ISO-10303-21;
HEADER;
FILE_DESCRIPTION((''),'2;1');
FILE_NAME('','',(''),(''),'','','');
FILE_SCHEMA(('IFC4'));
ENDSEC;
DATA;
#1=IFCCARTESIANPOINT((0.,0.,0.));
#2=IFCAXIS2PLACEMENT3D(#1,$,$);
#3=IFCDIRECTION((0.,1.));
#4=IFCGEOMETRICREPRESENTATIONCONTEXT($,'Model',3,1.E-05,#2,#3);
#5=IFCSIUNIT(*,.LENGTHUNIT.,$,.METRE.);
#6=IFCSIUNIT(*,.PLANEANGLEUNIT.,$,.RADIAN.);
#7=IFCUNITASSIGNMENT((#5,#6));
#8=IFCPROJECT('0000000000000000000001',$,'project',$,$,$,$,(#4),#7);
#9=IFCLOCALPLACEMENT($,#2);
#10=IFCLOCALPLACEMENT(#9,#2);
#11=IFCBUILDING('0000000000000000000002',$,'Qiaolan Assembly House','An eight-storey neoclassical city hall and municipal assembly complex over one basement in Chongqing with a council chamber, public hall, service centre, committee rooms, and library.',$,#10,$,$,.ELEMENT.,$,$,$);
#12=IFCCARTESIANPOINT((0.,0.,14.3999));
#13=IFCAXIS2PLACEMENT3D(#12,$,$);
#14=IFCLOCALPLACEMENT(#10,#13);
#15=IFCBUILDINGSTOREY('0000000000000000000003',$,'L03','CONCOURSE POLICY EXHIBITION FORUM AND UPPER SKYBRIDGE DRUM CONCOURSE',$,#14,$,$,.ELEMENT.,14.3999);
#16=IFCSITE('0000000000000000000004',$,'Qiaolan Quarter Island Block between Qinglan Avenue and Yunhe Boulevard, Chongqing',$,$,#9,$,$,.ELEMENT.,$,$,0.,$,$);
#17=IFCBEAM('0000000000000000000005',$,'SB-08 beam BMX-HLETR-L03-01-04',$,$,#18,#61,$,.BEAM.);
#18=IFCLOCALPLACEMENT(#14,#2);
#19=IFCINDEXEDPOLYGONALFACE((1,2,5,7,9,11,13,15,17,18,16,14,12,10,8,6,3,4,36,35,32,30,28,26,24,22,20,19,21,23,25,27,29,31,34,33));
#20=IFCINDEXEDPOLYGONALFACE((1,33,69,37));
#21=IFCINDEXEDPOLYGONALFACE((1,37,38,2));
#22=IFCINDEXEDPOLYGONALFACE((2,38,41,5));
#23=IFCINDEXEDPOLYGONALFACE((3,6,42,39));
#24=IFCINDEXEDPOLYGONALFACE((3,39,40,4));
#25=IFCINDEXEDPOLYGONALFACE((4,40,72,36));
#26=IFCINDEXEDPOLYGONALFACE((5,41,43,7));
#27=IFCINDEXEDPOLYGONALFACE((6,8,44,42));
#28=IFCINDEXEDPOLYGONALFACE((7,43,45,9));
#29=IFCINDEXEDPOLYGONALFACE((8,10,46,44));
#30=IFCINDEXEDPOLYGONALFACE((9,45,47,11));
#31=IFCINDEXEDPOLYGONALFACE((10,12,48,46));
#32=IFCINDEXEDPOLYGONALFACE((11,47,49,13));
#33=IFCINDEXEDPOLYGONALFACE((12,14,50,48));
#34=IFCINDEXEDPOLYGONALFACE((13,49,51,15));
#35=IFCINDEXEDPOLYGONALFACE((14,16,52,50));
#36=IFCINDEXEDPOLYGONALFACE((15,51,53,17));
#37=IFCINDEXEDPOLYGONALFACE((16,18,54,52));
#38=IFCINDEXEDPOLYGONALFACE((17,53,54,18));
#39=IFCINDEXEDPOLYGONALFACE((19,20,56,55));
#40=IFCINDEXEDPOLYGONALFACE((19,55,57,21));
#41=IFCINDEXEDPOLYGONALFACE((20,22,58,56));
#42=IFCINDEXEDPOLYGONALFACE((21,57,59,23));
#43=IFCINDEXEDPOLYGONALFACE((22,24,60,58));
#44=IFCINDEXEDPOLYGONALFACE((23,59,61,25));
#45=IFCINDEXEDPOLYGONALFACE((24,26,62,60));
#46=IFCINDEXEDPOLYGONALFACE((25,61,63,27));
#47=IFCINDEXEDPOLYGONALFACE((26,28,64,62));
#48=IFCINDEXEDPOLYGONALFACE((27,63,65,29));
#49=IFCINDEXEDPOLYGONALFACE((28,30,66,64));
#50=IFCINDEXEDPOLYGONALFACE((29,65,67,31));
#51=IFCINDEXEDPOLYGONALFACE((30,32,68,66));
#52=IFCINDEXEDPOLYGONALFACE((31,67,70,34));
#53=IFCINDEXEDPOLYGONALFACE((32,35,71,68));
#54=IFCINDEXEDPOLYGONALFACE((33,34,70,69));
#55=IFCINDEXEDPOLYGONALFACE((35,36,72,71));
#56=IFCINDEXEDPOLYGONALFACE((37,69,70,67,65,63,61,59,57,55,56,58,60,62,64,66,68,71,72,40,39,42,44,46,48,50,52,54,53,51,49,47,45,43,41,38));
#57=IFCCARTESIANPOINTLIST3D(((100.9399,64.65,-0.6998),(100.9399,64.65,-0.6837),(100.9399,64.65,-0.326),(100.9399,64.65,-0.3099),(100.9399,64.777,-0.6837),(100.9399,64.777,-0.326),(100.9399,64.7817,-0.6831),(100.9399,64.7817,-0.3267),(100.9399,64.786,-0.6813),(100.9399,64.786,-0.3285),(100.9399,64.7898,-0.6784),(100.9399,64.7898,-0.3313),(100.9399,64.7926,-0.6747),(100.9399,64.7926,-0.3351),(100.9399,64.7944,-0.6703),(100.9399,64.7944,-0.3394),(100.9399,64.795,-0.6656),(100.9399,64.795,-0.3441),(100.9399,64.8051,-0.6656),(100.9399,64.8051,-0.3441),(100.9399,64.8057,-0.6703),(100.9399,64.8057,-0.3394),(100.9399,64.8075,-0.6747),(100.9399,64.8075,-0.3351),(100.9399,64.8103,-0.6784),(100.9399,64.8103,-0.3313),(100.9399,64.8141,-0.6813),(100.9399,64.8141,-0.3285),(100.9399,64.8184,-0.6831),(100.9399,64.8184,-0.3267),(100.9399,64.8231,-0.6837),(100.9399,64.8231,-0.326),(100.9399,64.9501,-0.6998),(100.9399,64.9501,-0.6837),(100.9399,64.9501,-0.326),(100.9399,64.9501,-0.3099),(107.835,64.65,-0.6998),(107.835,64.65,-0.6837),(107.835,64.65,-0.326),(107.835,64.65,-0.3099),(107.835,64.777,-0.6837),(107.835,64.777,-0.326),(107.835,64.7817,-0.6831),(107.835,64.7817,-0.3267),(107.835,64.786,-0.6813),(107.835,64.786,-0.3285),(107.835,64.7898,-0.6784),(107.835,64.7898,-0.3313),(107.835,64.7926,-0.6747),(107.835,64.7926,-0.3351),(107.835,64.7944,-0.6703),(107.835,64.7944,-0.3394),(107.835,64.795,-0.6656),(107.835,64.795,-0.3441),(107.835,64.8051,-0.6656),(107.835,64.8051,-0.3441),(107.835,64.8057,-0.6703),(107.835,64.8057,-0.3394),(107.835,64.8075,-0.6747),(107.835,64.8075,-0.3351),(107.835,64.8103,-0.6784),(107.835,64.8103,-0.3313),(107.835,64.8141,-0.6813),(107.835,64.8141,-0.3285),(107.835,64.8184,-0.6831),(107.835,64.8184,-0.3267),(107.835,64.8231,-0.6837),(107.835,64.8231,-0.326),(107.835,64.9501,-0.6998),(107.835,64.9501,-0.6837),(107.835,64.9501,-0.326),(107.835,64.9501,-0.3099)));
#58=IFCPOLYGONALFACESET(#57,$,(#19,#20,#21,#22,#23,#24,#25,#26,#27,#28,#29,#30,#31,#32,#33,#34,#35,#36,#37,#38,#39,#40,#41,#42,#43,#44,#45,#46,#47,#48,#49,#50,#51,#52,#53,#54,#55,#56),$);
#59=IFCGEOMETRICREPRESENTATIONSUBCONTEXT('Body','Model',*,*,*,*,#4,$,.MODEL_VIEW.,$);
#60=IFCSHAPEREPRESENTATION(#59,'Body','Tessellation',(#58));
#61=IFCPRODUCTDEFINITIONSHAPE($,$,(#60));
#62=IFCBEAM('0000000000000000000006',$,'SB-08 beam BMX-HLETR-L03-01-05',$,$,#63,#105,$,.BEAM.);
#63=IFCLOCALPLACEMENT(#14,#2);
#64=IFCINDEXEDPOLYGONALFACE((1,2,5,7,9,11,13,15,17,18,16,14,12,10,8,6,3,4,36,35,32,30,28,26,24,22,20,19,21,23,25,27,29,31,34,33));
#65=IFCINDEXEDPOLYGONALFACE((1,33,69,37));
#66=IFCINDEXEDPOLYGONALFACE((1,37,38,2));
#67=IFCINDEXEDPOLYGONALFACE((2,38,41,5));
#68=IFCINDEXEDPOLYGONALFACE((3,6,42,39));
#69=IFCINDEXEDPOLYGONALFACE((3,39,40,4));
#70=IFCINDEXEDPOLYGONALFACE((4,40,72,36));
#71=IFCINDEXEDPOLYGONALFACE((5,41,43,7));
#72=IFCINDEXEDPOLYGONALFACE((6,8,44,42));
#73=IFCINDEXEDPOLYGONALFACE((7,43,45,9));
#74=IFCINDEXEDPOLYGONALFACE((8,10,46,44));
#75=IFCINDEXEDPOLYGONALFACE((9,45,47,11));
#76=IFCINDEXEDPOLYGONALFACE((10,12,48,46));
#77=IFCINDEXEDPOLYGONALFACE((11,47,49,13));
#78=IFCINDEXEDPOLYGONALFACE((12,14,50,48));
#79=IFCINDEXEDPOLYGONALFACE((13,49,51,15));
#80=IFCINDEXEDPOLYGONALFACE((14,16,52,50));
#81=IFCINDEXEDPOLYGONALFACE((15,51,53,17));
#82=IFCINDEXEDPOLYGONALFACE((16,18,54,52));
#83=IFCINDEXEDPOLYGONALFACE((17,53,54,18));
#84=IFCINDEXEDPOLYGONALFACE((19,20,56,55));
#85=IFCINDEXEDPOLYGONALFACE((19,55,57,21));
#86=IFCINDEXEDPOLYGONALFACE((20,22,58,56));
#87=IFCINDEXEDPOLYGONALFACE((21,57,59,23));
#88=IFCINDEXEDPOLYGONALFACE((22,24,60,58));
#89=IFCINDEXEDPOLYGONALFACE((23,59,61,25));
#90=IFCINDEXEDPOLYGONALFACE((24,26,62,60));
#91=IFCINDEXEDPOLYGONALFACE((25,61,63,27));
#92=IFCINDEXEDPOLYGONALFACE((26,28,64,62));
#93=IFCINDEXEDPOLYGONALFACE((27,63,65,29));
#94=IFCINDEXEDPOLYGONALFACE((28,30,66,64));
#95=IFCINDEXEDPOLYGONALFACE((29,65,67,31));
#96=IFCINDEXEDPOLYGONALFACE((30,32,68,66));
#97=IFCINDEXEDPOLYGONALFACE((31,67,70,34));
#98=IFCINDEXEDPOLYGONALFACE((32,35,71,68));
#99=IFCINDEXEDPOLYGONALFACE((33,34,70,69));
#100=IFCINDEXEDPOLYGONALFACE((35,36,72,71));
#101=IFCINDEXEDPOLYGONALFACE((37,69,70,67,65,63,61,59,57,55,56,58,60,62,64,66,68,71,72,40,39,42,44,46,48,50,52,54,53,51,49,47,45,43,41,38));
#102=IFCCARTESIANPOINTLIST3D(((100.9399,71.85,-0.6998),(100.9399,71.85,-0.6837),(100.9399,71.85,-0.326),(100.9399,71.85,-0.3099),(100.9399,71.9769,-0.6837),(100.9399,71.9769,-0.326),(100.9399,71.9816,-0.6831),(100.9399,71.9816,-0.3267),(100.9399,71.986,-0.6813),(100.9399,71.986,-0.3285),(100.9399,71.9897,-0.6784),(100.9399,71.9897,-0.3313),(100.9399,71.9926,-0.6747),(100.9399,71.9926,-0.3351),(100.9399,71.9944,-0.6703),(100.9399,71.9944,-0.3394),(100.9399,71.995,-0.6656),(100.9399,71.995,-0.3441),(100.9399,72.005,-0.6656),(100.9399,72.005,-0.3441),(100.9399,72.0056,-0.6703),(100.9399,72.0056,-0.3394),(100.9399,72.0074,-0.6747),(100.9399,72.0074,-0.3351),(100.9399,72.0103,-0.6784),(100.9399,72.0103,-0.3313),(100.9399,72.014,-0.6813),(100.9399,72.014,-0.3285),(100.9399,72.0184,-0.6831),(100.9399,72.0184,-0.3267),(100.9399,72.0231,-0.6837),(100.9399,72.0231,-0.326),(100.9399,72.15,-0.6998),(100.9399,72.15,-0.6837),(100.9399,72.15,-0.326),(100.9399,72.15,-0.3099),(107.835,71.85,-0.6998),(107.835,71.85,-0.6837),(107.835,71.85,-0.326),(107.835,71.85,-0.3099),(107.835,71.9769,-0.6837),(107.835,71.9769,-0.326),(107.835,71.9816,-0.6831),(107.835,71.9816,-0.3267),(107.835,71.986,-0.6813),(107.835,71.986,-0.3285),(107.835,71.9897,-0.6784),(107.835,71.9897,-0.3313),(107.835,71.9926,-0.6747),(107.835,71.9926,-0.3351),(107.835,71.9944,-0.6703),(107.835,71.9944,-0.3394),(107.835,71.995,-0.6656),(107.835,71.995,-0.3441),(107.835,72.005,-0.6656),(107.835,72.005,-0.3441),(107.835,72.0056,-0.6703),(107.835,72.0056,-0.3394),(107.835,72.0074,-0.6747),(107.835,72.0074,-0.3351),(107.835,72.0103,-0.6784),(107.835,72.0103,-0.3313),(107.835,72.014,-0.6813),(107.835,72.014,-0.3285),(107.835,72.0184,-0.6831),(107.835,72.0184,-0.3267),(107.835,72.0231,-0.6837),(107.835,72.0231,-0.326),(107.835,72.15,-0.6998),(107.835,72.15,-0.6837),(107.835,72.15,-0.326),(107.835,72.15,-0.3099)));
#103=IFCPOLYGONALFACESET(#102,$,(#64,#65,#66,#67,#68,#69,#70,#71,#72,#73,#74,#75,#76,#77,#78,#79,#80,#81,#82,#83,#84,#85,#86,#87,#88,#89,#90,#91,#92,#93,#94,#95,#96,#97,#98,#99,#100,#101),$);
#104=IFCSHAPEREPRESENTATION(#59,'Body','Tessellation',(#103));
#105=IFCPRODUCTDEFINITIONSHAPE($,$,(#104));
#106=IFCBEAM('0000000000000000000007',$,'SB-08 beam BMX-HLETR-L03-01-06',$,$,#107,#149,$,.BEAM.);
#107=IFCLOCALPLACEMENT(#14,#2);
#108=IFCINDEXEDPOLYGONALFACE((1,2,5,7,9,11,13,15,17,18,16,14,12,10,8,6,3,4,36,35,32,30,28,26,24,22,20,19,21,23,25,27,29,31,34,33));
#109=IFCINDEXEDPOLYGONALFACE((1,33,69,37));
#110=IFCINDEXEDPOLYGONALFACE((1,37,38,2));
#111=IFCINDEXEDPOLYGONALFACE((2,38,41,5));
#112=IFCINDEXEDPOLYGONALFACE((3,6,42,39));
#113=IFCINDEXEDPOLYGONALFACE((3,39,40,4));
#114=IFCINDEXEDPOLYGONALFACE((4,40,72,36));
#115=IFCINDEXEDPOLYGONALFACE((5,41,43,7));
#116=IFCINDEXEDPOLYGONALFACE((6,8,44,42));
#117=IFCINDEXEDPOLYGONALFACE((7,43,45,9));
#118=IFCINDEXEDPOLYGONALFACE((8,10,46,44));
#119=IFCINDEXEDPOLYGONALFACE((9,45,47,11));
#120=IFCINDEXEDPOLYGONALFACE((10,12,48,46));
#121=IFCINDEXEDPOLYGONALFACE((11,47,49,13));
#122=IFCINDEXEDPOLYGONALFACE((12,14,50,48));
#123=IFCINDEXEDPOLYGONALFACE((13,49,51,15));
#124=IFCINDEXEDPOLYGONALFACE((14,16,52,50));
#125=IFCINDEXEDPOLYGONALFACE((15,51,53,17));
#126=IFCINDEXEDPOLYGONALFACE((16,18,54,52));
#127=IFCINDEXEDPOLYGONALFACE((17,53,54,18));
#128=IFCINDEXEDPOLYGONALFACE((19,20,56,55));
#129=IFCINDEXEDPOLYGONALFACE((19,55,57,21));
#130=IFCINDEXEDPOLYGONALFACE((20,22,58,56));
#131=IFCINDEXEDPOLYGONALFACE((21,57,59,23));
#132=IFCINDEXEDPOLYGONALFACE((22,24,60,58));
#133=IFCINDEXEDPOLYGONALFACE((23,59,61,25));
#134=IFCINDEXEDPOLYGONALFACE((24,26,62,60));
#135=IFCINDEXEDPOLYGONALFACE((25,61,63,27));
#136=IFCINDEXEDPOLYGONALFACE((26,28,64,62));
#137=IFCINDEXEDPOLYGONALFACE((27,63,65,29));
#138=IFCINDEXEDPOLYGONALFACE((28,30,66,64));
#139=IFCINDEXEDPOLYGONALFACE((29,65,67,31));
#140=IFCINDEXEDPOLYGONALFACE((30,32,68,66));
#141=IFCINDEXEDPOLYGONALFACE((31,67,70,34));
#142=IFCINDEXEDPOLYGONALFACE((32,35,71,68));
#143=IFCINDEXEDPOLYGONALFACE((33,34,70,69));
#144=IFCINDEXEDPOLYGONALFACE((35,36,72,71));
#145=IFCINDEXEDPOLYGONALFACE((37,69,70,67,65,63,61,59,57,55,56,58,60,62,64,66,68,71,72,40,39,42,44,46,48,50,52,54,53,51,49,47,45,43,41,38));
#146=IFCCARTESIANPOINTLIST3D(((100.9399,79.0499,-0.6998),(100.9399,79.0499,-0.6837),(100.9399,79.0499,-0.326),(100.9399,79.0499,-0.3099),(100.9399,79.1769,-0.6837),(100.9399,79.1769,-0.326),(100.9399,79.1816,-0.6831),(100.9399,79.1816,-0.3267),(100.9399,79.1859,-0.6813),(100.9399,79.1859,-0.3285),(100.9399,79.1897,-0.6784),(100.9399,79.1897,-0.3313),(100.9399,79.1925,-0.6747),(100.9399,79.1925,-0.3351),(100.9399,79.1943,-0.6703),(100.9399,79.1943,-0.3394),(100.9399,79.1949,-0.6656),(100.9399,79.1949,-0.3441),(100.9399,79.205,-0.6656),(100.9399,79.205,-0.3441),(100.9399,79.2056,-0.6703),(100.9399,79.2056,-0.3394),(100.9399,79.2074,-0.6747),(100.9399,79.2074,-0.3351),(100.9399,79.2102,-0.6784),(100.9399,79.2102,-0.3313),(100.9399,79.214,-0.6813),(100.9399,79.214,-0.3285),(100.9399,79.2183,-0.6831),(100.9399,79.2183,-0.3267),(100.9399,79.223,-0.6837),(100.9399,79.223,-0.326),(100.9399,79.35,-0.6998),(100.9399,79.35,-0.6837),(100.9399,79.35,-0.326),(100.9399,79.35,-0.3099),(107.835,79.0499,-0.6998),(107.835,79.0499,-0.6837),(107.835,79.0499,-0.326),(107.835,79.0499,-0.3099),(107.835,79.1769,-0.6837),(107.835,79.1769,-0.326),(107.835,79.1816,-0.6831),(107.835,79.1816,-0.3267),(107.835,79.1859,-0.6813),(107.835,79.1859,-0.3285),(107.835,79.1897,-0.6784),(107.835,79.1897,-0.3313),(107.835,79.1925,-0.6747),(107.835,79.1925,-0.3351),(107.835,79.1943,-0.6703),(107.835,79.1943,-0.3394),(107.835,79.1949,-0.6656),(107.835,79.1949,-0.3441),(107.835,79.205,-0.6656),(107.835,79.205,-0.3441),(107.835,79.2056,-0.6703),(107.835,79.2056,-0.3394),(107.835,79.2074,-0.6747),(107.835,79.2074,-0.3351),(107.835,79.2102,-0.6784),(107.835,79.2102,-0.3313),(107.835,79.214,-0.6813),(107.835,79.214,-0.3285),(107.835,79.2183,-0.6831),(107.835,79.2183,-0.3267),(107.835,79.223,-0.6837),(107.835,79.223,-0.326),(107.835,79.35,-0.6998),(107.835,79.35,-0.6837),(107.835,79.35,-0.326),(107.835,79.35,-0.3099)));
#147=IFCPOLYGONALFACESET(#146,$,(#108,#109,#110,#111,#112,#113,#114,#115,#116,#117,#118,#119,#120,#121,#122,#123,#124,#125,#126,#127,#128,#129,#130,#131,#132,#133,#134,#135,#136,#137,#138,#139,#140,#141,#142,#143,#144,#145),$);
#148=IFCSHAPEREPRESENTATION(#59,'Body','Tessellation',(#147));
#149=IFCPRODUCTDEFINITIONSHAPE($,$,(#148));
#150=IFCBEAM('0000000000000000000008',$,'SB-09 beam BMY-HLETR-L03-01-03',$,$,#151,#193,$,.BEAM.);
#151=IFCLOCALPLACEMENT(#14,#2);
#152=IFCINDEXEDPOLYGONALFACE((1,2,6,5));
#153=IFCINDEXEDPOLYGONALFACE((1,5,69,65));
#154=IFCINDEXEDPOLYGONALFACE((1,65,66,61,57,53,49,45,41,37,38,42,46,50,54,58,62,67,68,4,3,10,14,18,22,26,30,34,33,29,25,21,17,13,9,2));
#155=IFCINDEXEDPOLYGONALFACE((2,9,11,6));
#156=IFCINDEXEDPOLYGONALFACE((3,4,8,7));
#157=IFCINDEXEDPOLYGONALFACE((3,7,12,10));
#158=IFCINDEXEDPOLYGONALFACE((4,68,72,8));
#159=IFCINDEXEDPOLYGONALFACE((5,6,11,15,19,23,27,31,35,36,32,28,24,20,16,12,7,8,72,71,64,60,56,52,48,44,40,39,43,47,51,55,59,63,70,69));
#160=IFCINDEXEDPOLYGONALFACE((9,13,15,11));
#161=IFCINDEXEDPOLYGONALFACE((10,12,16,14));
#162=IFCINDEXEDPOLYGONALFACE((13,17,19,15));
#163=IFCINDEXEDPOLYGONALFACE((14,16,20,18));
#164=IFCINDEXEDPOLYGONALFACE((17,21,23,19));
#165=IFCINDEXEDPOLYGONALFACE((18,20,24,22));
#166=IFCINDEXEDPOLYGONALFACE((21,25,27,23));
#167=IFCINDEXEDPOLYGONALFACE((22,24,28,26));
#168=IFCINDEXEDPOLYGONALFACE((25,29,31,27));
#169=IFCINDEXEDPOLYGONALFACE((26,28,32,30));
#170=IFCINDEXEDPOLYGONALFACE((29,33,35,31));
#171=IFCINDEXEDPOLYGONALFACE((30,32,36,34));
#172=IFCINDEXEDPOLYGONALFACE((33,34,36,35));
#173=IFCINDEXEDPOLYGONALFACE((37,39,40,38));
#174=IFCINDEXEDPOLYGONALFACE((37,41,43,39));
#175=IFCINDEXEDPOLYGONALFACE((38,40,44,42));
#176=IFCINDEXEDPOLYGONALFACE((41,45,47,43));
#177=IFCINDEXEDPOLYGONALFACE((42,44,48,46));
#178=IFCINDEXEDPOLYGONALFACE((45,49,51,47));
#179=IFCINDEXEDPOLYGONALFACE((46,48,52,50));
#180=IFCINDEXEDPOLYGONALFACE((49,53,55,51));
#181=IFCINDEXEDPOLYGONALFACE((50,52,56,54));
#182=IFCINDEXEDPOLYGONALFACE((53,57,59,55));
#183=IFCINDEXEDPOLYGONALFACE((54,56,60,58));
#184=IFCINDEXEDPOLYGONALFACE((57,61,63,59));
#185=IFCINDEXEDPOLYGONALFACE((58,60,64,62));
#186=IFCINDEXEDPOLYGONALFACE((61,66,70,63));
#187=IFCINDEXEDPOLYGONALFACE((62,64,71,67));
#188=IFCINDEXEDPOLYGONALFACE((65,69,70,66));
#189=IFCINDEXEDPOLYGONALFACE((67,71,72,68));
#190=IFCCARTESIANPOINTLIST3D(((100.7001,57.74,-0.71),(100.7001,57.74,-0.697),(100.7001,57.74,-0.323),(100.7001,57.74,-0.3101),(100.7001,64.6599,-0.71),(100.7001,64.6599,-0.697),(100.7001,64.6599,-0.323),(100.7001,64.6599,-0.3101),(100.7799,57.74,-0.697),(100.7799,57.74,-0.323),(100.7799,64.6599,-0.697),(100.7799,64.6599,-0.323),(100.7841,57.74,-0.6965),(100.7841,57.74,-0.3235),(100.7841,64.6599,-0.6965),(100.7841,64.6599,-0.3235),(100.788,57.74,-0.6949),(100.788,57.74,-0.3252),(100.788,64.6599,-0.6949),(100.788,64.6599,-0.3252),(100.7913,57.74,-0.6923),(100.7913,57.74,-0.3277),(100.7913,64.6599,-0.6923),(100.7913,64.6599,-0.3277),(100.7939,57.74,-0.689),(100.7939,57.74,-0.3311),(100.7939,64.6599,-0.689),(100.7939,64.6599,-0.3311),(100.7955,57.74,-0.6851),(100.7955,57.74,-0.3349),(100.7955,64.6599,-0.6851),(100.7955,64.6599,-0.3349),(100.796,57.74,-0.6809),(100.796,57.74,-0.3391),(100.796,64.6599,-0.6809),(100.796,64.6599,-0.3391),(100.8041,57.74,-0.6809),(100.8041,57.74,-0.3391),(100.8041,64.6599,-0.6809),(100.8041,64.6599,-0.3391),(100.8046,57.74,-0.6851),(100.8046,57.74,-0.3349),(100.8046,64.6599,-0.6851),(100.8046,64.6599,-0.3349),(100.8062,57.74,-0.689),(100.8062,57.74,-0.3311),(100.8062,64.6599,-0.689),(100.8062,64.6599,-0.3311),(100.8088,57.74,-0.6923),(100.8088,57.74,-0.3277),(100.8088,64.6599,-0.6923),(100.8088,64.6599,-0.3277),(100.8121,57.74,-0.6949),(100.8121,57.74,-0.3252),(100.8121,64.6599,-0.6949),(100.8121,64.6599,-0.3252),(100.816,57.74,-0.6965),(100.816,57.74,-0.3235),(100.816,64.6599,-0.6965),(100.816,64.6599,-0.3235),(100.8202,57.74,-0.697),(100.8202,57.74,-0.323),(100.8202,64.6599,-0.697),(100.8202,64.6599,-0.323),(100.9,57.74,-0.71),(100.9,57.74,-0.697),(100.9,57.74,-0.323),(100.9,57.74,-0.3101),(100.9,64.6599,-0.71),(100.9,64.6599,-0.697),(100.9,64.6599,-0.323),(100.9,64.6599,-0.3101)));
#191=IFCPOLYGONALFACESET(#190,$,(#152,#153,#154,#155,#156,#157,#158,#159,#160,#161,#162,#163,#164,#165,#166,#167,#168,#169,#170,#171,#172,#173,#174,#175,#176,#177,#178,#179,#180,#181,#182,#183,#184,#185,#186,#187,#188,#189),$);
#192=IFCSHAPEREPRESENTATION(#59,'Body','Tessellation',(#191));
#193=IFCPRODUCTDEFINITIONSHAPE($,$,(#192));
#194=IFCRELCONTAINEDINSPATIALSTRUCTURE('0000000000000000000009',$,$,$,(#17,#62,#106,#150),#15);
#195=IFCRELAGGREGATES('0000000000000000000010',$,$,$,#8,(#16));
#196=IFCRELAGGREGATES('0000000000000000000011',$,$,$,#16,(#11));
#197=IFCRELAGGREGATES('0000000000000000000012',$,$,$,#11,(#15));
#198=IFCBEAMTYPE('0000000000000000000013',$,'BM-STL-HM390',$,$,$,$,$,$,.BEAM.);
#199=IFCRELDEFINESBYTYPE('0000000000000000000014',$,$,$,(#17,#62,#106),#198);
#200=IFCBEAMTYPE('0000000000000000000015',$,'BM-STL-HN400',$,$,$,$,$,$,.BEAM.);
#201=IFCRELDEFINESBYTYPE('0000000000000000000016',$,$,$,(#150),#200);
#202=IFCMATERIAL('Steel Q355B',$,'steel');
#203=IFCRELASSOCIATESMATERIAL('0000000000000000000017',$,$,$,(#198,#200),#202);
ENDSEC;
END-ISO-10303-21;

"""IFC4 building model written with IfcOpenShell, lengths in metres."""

from ifc_helpers import new_model, si_unit, direction, frame, origin, origin_2d, place, context, subcontext, project, spatial, i_section, extrude, material, material_profile, profile_set, type_object, element, save


model = new_model("IFC4")

# Units and contexts
model_context = context("Model", 3, precision=1e-05, world=origin(), true_north=direction((0.0, 1.0)))
body_context = subcontext(model_context, "Body", "Model", "MODEL_VIEW")
ifc_project = project(units=[si_unit("LENGTHUNIT", "METRE"), si_unit("PLANEANGLEUNIT", "RADIAN")], contexts=[model_context])

# Site, building, storey
site_placement = place(None, origin())
site = spatial("IfcSite", under=ifc_project, at=site_placement, Name="Qiaolan Quarter Island Block between Qinglan Avenue and Yunhe Boulevard, Chongqing", CompositionType="ELEMENT", RefElevation=0.0)
building_placement = place(site_placement, origin())
building = spatial("IfcBuilding", under=site, at=building_placement, Name="Qiaolan Assembly House", Description="An eight-storey neoclassical city hall and municipal assembly complex over one basement in Chongqing with a council chamber, public hall, service centre, committee rooms, and library.", CompositionType="ELEMENT")
storey_placement = place(building_placement, frame((0.0, 0.0, 14.3999)))
storey = spatial("IfcBuildingStorey", under=building, at=storey_placement, Name="L03", Description="CONCOURSE POLICY EXHIBITION FORUM AND UPPER SKYBRIDGE DRUM CONCOURSE", CompositionType="ELEMENT", Elevation=14.3999)

# Shared definitions
ifc_material_1 = material(Name="Steel Q355B", Category="steel")

# Beams
ifc_material_profile_1 = material_profile(ifc_material_1, i_section(OverallWidth=0.3, OverallDepth=0.3899, WebThickness=0.01, FlangeThickness=0.0161, FilletRadius=0.0181, at=origin_2d()), Name="HM 390x300x10x16")
ifc_profile_set_1 = profile_set([ifc_material_profile_1], Name="Steel Q355B")
beam_type_1 = type_object("IfcBeamType", Name="BM-STL-HM390", PredefinedType="BEAM", material=ifc_profile_set_1)
for number, where, z_axis, x_axis, name in (
    (1, (100.9399, 64.8, -0.5049), (1.0, 0.0, 0.0), (0.0, 1.0, 0.0), "SB-08 beam BMX-HLETR-L03-01-04"),
    (2, (100.9399, 72.0, -0.5049), (1.0, 0.0, 0.0), (0.0, 1.0, 0.0), "SB-08 beam BMX-HLETR-L03-01-05"),
    (3, (100.9399, 79.2, -0.5049), (1.0, 0.0, 0.0), (0.0, 1.0, 0.0), "SB-08 beam BMX-HLETR-L03-01-06"),
):
    element("IfcBeam", number, at=place(storey_placement, frame(where, z_axis=z_axis, x_axis=x_axis)), inside=storey, type_object=beam_type_1, Name=name, PredefinedType="BEAM", context=body_context, shape_type="SweptSolid", body=[
        extrude(i_section(OverallWidth=0.3, OverallDepth=0.3899, WebThickness=0.01, FlangeThickness=0.0161, FilletRadius=0.0181, at=origin_2d()), origin(), (0.0, 0.0, 1.0), 6.895),
    ])
ifc_material_profile_2 = material_profile(ifc_material_1, i_section(OverallWidth=0.2, OverallDepth=0.3999, WebThickness=0.0081, FlangeThickness=0.0129, FilletRadius=0.0161, at=origin_2d()), Name="HN 400x200x8x13")
ifc_profile_set_2 = profile_set([ifc_material_profile_2], Name="Steel Q355B")
beam_type_2 = type_object("IfcBeamType", Name="BM-STL-HN400", PredefinedType="BEAM", material=ifc_profile_set_2)
beam_1_placement = place(storey_placement, frame((100.8, 57.74, -0.51), z_axis=(0.0, 1.0, 0.0), x_axis=(-1.0, 0.0, 0.0)))
element("IfcBeam", 4, at=beam_1_placement, inside=storey, type_object=beam_type_2, Name="SB-09 beam BMY-HLETR-L03-01-03", PredefinedType="BEAM", context=body_context, shape_type="SweptSolid", body=[
    extrude(i_section(OverallWidth=0.2, OverallDepth=0.3999, WebThickness=0.0081, FlangeThickness=0.0129, FilletRadius=0.0161, at=origin_2d()), origin(), (0.0, 0.0, 1.0), 6.9199),
])

save(model, "model.ifc")
